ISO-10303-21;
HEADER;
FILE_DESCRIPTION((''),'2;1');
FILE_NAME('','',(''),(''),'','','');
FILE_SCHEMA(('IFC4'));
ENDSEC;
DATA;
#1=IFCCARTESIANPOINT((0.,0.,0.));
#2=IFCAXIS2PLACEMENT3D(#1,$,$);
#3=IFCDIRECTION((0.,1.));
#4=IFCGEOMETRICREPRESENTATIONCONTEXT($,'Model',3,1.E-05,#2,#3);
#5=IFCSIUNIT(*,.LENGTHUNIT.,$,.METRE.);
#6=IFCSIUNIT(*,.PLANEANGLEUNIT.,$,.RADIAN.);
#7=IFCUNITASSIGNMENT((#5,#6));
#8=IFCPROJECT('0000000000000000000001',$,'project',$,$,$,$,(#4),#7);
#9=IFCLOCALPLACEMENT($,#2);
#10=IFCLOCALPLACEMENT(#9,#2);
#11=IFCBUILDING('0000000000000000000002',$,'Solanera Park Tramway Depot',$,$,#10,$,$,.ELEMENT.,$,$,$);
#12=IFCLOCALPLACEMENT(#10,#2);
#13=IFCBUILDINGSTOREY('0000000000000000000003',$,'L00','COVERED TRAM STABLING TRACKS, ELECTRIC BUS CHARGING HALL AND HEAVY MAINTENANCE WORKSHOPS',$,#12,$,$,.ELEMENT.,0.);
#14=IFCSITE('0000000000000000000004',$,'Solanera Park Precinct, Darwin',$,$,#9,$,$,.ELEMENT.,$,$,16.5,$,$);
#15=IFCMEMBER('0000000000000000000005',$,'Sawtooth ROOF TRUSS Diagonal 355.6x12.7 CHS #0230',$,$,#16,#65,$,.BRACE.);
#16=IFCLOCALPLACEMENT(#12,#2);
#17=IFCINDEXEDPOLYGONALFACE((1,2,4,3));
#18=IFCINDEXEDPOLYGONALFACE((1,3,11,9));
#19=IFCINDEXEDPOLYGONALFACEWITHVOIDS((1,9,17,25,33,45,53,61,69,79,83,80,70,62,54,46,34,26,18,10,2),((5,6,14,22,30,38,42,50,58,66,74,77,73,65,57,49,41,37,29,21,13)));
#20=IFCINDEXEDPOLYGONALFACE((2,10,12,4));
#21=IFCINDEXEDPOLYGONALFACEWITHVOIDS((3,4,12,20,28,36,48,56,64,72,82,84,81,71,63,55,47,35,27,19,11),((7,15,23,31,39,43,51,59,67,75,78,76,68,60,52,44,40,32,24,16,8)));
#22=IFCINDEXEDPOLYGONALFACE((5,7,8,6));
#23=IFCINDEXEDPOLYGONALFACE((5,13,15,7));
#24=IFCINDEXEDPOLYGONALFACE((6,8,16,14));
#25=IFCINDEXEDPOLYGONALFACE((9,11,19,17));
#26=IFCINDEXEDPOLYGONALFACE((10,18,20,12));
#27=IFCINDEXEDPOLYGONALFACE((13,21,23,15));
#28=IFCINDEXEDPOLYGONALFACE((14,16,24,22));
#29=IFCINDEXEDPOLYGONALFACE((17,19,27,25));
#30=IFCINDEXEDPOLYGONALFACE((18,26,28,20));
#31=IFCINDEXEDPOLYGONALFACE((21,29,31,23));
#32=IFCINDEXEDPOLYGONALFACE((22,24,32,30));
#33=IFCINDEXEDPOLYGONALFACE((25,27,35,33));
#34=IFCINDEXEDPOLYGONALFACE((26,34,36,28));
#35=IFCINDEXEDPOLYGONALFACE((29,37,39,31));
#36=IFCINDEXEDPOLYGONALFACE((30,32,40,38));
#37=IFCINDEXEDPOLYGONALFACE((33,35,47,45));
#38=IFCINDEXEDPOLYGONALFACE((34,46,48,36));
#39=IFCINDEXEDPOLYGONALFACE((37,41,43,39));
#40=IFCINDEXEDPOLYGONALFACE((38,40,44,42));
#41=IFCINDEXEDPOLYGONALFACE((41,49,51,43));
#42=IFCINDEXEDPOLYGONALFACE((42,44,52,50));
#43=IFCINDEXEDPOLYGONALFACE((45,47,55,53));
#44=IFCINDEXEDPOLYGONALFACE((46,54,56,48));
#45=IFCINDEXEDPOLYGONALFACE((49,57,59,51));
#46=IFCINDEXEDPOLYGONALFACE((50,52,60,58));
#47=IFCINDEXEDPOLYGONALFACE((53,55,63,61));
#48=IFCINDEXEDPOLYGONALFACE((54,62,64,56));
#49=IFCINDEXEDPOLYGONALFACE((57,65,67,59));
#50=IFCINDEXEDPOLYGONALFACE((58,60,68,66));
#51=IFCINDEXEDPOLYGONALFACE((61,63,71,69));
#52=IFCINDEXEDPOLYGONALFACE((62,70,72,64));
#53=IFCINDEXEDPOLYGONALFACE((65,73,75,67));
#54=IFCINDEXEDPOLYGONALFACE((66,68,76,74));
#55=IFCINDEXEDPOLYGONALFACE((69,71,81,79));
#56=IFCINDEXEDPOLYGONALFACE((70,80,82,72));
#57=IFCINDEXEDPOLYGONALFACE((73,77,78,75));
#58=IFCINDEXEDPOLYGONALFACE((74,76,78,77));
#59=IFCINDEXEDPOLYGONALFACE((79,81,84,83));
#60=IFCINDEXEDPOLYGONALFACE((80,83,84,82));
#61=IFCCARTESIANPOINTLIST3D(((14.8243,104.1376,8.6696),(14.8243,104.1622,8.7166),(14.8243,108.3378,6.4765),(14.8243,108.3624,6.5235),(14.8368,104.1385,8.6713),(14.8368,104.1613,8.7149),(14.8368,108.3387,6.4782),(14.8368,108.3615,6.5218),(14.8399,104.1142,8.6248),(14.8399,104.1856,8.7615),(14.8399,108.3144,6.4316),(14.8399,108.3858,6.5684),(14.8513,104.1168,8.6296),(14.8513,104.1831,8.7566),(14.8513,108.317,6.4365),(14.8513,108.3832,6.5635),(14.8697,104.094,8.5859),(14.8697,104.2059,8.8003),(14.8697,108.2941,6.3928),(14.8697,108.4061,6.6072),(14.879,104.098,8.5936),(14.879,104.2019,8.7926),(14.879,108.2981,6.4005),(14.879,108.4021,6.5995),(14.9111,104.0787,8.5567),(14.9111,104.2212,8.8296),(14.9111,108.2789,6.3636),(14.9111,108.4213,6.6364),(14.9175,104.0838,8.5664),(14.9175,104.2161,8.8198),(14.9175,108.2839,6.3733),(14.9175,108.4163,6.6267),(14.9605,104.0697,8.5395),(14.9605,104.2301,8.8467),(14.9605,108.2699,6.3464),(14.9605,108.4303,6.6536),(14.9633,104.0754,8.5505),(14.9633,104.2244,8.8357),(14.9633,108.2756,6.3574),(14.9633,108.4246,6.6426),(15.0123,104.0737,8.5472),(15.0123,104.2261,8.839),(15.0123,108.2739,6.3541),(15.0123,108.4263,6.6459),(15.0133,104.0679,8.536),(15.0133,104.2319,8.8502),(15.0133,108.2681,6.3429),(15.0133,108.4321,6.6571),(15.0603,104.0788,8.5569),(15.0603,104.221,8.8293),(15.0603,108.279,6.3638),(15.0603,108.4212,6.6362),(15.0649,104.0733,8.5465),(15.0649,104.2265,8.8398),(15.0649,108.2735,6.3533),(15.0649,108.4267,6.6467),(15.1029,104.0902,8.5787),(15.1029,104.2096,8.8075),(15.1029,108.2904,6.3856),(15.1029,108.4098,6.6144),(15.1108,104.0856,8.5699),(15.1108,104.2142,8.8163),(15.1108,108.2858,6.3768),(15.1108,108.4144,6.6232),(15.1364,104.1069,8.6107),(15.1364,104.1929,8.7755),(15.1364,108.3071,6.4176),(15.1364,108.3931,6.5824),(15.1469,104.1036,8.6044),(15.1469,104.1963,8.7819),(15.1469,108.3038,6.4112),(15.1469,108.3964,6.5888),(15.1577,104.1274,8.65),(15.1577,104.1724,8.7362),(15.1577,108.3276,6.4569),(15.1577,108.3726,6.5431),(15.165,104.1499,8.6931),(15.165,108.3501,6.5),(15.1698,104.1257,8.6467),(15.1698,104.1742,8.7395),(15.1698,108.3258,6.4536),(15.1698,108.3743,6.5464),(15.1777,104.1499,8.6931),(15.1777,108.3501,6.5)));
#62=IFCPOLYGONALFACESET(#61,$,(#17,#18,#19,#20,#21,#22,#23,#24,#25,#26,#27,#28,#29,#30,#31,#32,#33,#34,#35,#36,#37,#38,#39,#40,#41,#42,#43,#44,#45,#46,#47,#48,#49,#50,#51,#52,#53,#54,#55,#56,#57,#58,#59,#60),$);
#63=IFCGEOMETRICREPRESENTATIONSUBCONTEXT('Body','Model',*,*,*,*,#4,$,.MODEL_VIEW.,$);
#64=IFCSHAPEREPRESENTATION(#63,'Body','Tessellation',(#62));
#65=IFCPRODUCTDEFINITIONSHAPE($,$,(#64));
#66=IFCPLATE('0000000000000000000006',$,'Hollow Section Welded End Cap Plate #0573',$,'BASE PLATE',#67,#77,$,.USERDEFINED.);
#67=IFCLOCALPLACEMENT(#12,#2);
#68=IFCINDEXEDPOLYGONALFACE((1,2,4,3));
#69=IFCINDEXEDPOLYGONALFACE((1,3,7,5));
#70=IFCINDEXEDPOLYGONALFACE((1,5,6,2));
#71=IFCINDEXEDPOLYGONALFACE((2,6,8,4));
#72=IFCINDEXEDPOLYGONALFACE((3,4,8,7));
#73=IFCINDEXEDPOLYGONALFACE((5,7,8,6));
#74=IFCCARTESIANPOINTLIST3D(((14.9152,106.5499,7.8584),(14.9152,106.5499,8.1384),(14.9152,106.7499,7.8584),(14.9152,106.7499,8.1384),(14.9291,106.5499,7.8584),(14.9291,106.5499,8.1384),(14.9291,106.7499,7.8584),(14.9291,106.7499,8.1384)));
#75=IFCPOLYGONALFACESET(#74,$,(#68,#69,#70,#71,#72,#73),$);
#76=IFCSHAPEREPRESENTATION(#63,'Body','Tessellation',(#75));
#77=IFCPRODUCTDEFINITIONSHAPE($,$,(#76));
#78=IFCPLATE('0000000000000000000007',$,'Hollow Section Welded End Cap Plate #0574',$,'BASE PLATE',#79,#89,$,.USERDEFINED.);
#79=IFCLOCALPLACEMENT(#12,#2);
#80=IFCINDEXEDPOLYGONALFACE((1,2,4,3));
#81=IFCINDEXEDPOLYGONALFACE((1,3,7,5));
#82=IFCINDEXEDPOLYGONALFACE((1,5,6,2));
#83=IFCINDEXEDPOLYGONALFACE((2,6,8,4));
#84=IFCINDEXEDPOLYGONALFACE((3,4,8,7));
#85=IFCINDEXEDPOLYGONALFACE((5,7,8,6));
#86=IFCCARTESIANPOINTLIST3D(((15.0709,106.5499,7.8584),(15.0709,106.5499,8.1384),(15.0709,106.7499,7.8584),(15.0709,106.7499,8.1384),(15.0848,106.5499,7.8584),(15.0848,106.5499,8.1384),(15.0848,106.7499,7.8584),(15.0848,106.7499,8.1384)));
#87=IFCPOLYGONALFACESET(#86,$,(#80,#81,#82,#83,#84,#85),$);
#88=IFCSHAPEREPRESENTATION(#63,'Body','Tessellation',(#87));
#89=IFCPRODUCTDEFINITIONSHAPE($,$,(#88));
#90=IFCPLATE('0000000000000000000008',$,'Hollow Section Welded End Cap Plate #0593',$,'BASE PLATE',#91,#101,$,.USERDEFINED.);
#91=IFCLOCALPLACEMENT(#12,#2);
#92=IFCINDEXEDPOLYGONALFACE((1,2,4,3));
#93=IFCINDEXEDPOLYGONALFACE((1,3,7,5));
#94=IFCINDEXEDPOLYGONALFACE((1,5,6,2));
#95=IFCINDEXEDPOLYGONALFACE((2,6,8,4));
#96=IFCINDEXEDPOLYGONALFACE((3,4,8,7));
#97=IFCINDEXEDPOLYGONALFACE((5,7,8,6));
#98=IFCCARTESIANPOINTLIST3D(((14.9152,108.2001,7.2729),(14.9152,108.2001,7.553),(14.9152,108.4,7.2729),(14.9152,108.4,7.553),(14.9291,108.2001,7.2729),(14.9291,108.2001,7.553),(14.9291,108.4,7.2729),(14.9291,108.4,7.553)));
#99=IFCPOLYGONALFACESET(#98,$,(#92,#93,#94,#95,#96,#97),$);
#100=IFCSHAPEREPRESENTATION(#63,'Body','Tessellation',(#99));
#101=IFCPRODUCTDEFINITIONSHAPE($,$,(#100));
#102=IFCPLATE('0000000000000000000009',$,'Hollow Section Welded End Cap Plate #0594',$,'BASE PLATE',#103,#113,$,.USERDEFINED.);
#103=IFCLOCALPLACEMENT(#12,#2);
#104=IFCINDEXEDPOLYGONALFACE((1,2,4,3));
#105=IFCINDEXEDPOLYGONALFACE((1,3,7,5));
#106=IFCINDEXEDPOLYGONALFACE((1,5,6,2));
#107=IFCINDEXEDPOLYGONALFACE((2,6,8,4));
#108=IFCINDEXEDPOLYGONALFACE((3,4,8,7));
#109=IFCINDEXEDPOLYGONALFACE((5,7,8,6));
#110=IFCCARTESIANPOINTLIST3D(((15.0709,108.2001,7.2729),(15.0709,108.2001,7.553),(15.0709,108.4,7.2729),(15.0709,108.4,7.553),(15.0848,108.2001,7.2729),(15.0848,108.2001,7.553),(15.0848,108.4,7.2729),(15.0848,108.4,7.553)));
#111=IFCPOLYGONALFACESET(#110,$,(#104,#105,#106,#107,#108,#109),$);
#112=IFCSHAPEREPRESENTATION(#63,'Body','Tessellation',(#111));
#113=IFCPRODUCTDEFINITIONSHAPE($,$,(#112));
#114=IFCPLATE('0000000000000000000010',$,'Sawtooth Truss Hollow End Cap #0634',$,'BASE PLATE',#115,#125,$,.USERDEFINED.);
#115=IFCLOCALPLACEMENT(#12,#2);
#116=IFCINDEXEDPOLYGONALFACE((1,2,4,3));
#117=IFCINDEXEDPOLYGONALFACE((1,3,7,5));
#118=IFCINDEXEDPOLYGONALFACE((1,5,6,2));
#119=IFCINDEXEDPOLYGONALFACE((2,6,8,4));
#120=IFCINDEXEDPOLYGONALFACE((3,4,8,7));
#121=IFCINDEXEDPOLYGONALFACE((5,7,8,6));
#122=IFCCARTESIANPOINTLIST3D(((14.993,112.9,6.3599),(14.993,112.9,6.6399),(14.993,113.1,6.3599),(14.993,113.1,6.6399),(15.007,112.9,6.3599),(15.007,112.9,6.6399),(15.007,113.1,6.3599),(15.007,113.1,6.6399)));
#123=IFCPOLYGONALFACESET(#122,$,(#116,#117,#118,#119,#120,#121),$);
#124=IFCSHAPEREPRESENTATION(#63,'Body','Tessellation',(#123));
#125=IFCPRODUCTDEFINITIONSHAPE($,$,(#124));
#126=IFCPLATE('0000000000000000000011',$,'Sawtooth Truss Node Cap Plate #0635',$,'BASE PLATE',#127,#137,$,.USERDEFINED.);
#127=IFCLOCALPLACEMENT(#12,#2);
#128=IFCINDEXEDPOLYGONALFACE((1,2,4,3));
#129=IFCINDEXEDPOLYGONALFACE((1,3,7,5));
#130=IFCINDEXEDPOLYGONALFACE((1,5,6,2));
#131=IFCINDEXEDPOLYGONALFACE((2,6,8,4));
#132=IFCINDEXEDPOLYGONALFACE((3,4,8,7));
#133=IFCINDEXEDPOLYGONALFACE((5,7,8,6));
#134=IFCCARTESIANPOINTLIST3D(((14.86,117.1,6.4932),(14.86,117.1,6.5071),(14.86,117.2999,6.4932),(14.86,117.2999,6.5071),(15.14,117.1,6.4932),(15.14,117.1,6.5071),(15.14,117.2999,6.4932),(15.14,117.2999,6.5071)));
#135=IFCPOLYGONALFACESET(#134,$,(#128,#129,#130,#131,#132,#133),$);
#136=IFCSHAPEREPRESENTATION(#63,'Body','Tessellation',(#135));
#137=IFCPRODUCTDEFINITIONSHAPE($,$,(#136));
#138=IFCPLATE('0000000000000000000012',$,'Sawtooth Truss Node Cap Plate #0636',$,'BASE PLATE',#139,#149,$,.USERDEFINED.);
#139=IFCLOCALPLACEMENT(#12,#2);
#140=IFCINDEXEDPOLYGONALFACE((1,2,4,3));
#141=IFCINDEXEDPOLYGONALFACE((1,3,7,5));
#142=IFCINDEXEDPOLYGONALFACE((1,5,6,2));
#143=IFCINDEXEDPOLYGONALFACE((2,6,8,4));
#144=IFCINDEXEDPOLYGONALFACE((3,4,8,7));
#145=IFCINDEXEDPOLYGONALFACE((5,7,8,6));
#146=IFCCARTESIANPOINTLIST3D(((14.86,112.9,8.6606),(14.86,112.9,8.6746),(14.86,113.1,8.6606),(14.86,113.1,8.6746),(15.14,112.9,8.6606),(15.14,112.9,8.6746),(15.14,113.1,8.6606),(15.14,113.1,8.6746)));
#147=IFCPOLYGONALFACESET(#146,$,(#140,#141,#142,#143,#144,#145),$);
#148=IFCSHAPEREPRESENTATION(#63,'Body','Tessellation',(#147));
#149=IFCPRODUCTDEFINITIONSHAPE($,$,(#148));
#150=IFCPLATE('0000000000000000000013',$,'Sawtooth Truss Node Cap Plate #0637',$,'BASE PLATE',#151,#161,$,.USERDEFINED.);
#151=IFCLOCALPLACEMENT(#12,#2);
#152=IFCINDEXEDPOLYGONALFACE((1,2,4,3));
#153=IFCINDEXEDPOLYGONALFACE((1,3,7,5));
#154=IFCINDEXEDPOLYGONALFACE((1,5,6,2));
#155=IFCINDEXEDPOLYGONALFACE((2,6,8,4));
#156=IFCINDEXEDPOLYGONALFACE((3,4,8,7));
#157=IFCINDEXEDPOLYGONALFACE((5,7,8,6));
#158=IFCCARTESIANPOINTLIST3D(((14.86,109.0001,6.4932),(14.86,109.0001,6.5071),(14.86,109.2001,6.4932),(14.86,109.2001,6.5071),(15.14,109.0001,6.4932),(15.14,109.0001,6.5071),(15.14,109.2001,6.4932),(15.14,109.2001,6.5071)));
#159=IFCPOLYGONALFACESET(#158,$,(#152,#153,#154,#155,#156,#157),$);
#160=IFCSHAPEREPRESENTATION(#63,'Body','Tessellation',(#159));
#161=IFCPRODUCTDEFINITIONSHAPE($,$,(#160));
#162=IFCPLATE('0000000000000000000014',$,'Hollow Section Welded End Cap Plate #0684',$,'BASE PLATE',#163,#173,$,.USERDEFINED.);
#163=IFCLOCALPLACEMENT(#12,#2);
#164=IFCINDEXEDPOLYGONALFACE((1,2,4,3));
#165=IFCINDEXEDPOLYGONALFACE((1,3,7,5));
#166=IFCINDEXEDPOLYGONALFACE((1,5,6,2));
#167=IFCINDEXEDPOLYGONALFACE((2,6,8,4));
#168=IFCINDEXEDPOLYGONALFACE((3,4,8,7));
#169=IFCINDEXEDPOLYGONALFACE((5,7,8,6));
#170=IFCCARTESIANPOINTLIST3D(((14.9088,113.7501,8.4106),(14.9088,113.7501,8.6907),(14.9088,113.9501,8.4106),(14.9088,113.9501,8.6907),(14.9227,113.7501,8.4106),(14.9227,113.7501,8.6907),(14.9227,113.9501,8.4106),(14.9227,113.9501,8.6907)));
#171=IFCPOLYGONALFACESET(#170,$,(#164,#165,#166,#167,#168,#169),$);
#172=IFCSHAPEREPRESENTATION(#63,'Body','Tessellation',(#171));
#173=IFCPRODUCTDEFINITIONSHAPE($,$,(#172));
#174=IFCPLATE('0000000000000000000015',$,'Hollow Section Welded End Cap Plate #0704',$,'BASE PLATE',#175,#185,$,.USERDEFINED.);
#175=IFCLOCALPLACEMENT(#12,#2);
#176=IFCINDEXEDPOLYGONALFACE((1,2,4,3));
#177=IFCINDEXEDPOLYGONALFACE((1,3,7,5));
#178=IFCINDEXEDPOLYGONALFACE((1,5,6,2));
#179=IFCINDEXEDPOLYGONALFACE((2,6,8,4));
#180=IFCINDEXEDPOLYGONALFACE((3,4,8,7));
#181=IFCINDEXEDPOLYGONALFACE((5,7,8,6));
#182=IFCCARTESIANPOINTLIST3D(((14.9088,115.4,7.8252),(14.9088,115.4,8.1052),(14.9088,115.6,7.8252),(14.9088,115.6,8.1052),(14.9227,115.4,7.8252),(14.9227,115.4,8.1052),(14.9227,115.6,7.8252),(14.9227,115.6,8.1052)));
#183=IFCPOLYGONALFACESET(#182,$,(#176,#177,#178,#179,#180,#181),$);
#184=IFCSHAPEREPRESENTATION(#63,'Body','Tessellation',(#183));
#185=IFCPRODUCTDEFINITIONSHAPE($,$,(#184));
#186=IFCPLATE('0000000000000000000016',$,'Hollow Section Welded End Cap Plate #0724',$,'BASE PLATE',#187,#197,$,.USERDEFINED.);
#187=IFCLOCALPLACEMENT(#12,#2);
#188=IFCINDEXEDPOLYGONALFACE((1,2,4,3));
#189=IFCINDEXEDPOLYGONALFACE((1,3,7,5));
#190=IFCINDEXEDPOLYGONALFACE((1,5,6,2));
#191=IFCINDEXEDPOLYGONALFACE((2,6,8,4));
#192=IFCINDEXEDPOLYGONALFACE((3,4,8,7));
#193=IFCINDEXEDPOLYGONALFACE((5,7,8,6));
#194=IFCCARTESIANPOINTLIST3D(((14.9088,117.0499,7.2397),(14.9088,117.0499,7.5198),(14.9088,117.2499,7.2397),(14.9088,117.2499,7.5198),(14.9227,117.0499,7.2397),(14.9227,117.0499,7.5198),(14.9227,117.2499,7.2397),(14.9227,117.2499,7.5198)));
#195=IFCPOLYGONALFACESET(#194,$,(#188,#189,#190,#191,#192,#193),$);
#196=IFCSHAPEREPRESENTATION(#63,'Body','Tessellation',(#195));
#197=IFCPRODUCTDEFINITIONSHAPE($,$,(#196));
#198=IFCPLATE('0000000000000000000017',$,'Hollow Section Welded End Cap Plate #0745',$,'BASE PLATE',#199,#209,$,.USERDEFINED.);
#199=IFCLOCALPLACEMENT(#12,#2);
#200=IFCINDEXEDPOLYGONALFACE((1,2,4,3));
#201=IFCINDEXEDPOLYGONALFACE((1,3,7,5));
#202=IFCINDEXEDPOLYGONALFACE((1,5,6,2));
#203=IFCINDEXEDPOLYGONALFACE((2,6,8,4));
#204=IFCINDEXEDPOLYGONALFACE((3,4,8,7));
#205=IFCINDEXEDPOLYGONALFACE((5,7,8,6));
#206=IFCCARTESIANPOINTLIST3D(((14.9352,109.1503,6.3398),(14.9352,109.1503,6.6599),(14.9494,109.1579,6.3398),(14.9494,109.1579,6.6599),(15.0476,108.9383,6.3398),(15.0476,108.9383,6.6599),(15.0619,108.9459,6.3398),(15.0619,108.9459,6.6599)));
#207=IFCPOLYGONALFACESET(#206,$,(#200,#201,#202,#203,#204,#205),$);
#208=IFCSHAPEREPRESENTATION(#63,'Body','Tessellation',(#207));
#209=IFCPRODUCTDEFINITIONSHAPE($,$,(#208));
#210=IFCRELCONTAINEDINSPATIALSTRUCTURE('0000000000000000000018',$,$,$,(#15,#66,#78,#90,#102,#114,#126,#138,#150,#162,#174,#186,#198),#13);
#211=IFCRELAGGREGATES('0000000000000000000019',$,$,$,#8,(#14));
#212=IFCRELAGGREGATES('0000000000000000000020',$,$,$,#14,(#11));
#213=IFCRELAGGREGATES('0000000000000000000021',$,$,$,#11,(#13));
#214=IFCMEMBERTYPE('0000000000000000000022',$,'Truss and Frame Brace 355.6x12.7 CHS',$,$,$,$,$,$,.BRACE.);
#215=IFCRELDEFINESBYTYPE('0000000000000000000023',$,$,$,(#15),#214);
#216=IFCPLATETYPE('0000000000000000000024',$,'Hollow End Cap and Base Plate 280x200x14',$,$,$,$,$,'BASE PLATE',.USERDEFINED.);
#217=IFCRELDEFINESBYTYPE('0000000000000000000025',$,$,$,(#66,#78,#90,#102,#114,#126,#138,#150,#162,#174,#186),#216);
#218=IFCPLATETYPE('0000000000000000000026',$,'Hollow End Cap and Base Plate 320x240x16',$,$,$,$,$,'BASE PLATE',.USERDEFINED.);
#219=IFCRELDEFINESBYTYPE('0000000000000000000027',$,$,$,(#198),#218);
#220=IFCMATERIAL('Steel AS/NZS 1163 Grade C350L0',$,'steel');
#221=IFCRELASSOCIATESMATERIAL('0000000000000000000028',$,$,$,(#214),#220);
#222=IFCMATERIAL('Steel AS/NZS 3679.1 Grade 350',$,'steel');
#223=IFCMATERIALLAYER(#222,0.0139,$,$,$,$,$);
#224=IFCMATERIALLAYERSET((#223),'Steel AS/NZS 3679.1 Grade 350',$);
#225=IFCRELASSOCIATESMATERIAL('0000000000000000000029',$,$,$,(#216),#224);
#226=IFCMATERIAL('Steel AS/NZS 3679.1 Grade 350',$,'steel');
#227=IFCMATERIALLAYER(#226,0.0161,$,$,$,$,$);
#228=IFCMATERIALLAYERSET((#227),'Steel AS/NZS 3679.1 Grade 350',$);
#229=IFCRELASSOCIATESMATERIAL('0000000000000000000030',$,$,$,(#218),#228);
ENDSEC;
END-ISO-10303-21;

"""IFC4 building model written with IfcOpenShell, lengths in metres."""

from ifc_helpers import new_model, si_unit, direction, frame, origin, origin_2d, place, context, subcontext, project, spatial, rectangle, hollow_circle, extrude, material, layer, layer_set, material_profile, profile_set, type_object, element, save


model = new_model("IFC4")

# Units and contexts
model_context = context("Model", 3, precision=1e-05, world=origin(), true_north=direction((0.0, 1.0)))
body_context = subcontext(model_context, "Body", "Model", "MODEL_VIEW")
ifc_project = project(units=[si_unit("LENGTHUNIT", "METRE"), si_unit("PLANEANGLEUNIT", "RADIAN")], contexts=[model_context])

# Site, building, storey
site_placement = place(None, origin())
site = spatial("IfcSite", under=ifc_project, at=site_placement, Name="Solanera Park Precinct, Darwin", CompositionType="ELEMENT", RefElevation=16.5)
building_placement = place(site_placement, origin())
building = spatial("IfcBuilding", under=site, at=building_placement, Name="Solanera Park Tramway Depot", CompositionType="ELEMENT")
storey_placement = place(building_placement, origin())
storey = spatial("IfcBuildingStorey", under=building, at=storey_placement, Name="L00", Description="COVERED TRAM STABLING TRACKS, ELECTRIC BUS CHARGING HALL AND HEAVY MAINTENANCE WORKSHOPS", CompositionType="ELEMENT", Elevation=0.0)

# Member
ifc_material_1 = material(Name="Steel AS/NZS 1163 Grade C350L0", Category="steel")
ifc_material_profile_1 = material_profile(ifc_material_1, hollow_circle(Radius=0.1777, WallThickness=0.0127, at=origin_2d()), Name="355.6x12.7 CHS")
ifc_profile_set_1 = profile_set([ifc_material_profile_1], Name="Steel AS/NZS 1163 Grade C350L0")
member_type_1 = type_object("IfcMemberType", Name="Truss and Frame Brace 355.6x12.7 CHS", PredefinedType="BRACE", material=ifc_profile_set_1)
member_1_placement = place(storey_placement, frame((15.0, 108.3501, 6.5), z_axis=(0.0, -0.886437, 0.462849), x_axis=(1.0, 0.0, 0.0)))
element("IfcMember", 1, at=member_1_placement, inside=storey, type_object=member_type_1, Name="Sawtooth ROOF TRUSS Diagonal 355.6x12.7 CHS #0230", PredefinedType="BRACE", context=body_context, shape_type="SweptSolid", body=[
    extrude(hollow_circle(Radius=0.1777, WallThickness=0.0127, at=origin_2d()), origin(), (0.0, 0.0, 1.0), 4.7383),
])

# Plates
ifc_material_2 = material(Name="Steel AS/NZS 3679.1 Grade 350", Category="steel")
ifc_layer_1 = layer(ifc_material_2, 0.0139)
ifc_layer_set_1 = layer_set([ifc_layer_1], Name="Steel AS/NZS 3679.1 Grade 350")
plate_type_1 = type_object("IfcPlateType", Name="Hollow End Cap and Base Plate 280x200x14", ElementType="BASE PLATE", PredefinedType="USERDEFINED", material=ifc_layer_set_1)
for number, where, z_axis, x_axis, name in (
    (2, (14.9221, 106.6499, 7.8584), (0.0, 0.0, 1.0), (1.0, 0.0, 0.0), "Hollow Section Welded End Cap Plate #0573"),
    (3, (15.0779, 106.6499, 7.8584), (0.0, 0.0, 1.0), (1.0, 0.0, 0.0), "Hollow Section Welded End Cap Plate #0574"),
    (4, (14.9221, 108.3, 7.2729), (0.0, 0.0, 1.0), (1.0, 0.0, 0.0), "Hollow Section Welded End Cap Plate #0593"),
    (5, (15.0779, 108.3, 7.2729), (0.0, 0.0, 1.0), (1.0, 0.0, 0.0), "Hollow Section Welded End Cap Plate #0594"),
    (6, (15.0, 113.0, 6.3599), (0.0, 0.0, 1.0), (1.0, 0.0, 0.0), "Sawtooth Truss Hollow End Cap #0634"),
):
    element("IfcPlate", number, at=place(storey_placement, frame(where, z_axis=z_axis, x_axis=x_axis)), inside=storey, type_object=plate_type_1, Name=name, ObjectType="BASE PLATE", PredefinedType="USERDEFINED", context=body_context, shape_type="SweptSolid", body=[
        extrude(rectangle(XDim=0.0139, YDim=0.2, at=origin_2d()), origin(), (0.0, 0.0, 1.0), 0.28),
    ])
for number, where, z_axis, x_axis, name in (
    (7, (15.0, 117.2, 6.4932), (0.0, 0.0, 1.0), (1.0, 0.0, 0.0), "Sawtooth Truss Node Cap Plate #0635"),
    (8, (15.0, 113.0, 8.6606), (0.0, 0.0, 1.0), (1.0, 0.0, 0.0), "Sawtooth Truss Node Cap Plate #0636"),
    (9, (15.0, 109.1001, 6.4932), (0.0, 0.0, 1.0), (1.0, 0.0, 0.0), "Sawtooth Truss Node Cap Plate #0637"),
):
    element("IfcPlate", number, at=place(storey_placement, frame(where, z_axis=z_axis, x_axis=x_axis)), inside=storey, type_object=plate_type_1, Name=name, ObjectType="BASE PLATE", PredefinedType="USERDEFINED", context=body_context, shape_type="SweptSolid", body=[
        extrude(rectangle(XDim=0.28, YDim=0.2, at=origin_2d()), origin(), (0.0, 0.0, 1.0), 0.0139),
    ])
for number, where, z_axis, x_axis, name in (
    (10, (14.9158, 113.8501, 8.4106), (0.0, 0.0, 1.0), (1.0, 0.0, 0.0), "Hollow Section Welded End Cap Plate #0684"),
    (11, (14.9158, 115.5, 7.8252), (0.0, 0.0, 1.0), (1.0, 0.0, 0.0), "Hollow Section Welded End Cap Plate #0704"),
    (12, (14.9158, 117.1499, 7.2397), (0.0, 0.0, 1.0), (1.0, 0.0, 0.0), "Hollow Section Welded End Cap Plate #0724"),
):
    element("IfcPlate", number, at=place(storey_placement, frame(where, z_axis=z_axis, x_axis=x_axis)), inside=storey, type_object=plate_type_1, Name=name, ObjectType="BASE PLATE", PredefinedType="USERDEFINED", context=body_context, shape_type="SweptSolid", body=[
        extrude(rectangle(XDim=0.0139, YDim=0.2, at=origin_2d()), origin(), (0.0, 0.0, 1.0), 0.28),
    ])
ifc_material_3 = material(Name="Steel AS/NZS 3679.1 Grade 350", Category="steel")
ifc_layer_2 = layer(ifc_material_3, 0.0161)
ifc_layer_set_2 = layer_set([ifc_layer_2], Name="Steel AS/NZS 3679.1 Grade 350")
plate_type_2 = type_object("IfcPlateType", Name="Hollow End Cap and Base Plate 320x240x16", ElementType="BASE PLATE", PredefinedType="USERDEFINED", material=ifc_layer_set_2)
plate_1_placement = place(storey_placement, frame((14.9985, 109.0481, 6.3398), z_axis=(0.0, 0.0, 1.0), x_axis=(0.883521, 0.468392, 0.0)))
element("IfcPlate", 13, at=plate_1_placement, inside=storey, type_object=plate_type_2, Name="Hollow Section Welded End Cap Plate #0745", ObjectType="BASE PLATE", PredefinedType="USERDEFINED", context=body_context, shape_type="SweptSolid", body=[
    extrude(rectangle(XDim=0.0161, YDim=0.24, at=origin_2d()), origin(), (0.0, 0.0, 1.0), 0.3201),
])

save(model, "model.ifc")
